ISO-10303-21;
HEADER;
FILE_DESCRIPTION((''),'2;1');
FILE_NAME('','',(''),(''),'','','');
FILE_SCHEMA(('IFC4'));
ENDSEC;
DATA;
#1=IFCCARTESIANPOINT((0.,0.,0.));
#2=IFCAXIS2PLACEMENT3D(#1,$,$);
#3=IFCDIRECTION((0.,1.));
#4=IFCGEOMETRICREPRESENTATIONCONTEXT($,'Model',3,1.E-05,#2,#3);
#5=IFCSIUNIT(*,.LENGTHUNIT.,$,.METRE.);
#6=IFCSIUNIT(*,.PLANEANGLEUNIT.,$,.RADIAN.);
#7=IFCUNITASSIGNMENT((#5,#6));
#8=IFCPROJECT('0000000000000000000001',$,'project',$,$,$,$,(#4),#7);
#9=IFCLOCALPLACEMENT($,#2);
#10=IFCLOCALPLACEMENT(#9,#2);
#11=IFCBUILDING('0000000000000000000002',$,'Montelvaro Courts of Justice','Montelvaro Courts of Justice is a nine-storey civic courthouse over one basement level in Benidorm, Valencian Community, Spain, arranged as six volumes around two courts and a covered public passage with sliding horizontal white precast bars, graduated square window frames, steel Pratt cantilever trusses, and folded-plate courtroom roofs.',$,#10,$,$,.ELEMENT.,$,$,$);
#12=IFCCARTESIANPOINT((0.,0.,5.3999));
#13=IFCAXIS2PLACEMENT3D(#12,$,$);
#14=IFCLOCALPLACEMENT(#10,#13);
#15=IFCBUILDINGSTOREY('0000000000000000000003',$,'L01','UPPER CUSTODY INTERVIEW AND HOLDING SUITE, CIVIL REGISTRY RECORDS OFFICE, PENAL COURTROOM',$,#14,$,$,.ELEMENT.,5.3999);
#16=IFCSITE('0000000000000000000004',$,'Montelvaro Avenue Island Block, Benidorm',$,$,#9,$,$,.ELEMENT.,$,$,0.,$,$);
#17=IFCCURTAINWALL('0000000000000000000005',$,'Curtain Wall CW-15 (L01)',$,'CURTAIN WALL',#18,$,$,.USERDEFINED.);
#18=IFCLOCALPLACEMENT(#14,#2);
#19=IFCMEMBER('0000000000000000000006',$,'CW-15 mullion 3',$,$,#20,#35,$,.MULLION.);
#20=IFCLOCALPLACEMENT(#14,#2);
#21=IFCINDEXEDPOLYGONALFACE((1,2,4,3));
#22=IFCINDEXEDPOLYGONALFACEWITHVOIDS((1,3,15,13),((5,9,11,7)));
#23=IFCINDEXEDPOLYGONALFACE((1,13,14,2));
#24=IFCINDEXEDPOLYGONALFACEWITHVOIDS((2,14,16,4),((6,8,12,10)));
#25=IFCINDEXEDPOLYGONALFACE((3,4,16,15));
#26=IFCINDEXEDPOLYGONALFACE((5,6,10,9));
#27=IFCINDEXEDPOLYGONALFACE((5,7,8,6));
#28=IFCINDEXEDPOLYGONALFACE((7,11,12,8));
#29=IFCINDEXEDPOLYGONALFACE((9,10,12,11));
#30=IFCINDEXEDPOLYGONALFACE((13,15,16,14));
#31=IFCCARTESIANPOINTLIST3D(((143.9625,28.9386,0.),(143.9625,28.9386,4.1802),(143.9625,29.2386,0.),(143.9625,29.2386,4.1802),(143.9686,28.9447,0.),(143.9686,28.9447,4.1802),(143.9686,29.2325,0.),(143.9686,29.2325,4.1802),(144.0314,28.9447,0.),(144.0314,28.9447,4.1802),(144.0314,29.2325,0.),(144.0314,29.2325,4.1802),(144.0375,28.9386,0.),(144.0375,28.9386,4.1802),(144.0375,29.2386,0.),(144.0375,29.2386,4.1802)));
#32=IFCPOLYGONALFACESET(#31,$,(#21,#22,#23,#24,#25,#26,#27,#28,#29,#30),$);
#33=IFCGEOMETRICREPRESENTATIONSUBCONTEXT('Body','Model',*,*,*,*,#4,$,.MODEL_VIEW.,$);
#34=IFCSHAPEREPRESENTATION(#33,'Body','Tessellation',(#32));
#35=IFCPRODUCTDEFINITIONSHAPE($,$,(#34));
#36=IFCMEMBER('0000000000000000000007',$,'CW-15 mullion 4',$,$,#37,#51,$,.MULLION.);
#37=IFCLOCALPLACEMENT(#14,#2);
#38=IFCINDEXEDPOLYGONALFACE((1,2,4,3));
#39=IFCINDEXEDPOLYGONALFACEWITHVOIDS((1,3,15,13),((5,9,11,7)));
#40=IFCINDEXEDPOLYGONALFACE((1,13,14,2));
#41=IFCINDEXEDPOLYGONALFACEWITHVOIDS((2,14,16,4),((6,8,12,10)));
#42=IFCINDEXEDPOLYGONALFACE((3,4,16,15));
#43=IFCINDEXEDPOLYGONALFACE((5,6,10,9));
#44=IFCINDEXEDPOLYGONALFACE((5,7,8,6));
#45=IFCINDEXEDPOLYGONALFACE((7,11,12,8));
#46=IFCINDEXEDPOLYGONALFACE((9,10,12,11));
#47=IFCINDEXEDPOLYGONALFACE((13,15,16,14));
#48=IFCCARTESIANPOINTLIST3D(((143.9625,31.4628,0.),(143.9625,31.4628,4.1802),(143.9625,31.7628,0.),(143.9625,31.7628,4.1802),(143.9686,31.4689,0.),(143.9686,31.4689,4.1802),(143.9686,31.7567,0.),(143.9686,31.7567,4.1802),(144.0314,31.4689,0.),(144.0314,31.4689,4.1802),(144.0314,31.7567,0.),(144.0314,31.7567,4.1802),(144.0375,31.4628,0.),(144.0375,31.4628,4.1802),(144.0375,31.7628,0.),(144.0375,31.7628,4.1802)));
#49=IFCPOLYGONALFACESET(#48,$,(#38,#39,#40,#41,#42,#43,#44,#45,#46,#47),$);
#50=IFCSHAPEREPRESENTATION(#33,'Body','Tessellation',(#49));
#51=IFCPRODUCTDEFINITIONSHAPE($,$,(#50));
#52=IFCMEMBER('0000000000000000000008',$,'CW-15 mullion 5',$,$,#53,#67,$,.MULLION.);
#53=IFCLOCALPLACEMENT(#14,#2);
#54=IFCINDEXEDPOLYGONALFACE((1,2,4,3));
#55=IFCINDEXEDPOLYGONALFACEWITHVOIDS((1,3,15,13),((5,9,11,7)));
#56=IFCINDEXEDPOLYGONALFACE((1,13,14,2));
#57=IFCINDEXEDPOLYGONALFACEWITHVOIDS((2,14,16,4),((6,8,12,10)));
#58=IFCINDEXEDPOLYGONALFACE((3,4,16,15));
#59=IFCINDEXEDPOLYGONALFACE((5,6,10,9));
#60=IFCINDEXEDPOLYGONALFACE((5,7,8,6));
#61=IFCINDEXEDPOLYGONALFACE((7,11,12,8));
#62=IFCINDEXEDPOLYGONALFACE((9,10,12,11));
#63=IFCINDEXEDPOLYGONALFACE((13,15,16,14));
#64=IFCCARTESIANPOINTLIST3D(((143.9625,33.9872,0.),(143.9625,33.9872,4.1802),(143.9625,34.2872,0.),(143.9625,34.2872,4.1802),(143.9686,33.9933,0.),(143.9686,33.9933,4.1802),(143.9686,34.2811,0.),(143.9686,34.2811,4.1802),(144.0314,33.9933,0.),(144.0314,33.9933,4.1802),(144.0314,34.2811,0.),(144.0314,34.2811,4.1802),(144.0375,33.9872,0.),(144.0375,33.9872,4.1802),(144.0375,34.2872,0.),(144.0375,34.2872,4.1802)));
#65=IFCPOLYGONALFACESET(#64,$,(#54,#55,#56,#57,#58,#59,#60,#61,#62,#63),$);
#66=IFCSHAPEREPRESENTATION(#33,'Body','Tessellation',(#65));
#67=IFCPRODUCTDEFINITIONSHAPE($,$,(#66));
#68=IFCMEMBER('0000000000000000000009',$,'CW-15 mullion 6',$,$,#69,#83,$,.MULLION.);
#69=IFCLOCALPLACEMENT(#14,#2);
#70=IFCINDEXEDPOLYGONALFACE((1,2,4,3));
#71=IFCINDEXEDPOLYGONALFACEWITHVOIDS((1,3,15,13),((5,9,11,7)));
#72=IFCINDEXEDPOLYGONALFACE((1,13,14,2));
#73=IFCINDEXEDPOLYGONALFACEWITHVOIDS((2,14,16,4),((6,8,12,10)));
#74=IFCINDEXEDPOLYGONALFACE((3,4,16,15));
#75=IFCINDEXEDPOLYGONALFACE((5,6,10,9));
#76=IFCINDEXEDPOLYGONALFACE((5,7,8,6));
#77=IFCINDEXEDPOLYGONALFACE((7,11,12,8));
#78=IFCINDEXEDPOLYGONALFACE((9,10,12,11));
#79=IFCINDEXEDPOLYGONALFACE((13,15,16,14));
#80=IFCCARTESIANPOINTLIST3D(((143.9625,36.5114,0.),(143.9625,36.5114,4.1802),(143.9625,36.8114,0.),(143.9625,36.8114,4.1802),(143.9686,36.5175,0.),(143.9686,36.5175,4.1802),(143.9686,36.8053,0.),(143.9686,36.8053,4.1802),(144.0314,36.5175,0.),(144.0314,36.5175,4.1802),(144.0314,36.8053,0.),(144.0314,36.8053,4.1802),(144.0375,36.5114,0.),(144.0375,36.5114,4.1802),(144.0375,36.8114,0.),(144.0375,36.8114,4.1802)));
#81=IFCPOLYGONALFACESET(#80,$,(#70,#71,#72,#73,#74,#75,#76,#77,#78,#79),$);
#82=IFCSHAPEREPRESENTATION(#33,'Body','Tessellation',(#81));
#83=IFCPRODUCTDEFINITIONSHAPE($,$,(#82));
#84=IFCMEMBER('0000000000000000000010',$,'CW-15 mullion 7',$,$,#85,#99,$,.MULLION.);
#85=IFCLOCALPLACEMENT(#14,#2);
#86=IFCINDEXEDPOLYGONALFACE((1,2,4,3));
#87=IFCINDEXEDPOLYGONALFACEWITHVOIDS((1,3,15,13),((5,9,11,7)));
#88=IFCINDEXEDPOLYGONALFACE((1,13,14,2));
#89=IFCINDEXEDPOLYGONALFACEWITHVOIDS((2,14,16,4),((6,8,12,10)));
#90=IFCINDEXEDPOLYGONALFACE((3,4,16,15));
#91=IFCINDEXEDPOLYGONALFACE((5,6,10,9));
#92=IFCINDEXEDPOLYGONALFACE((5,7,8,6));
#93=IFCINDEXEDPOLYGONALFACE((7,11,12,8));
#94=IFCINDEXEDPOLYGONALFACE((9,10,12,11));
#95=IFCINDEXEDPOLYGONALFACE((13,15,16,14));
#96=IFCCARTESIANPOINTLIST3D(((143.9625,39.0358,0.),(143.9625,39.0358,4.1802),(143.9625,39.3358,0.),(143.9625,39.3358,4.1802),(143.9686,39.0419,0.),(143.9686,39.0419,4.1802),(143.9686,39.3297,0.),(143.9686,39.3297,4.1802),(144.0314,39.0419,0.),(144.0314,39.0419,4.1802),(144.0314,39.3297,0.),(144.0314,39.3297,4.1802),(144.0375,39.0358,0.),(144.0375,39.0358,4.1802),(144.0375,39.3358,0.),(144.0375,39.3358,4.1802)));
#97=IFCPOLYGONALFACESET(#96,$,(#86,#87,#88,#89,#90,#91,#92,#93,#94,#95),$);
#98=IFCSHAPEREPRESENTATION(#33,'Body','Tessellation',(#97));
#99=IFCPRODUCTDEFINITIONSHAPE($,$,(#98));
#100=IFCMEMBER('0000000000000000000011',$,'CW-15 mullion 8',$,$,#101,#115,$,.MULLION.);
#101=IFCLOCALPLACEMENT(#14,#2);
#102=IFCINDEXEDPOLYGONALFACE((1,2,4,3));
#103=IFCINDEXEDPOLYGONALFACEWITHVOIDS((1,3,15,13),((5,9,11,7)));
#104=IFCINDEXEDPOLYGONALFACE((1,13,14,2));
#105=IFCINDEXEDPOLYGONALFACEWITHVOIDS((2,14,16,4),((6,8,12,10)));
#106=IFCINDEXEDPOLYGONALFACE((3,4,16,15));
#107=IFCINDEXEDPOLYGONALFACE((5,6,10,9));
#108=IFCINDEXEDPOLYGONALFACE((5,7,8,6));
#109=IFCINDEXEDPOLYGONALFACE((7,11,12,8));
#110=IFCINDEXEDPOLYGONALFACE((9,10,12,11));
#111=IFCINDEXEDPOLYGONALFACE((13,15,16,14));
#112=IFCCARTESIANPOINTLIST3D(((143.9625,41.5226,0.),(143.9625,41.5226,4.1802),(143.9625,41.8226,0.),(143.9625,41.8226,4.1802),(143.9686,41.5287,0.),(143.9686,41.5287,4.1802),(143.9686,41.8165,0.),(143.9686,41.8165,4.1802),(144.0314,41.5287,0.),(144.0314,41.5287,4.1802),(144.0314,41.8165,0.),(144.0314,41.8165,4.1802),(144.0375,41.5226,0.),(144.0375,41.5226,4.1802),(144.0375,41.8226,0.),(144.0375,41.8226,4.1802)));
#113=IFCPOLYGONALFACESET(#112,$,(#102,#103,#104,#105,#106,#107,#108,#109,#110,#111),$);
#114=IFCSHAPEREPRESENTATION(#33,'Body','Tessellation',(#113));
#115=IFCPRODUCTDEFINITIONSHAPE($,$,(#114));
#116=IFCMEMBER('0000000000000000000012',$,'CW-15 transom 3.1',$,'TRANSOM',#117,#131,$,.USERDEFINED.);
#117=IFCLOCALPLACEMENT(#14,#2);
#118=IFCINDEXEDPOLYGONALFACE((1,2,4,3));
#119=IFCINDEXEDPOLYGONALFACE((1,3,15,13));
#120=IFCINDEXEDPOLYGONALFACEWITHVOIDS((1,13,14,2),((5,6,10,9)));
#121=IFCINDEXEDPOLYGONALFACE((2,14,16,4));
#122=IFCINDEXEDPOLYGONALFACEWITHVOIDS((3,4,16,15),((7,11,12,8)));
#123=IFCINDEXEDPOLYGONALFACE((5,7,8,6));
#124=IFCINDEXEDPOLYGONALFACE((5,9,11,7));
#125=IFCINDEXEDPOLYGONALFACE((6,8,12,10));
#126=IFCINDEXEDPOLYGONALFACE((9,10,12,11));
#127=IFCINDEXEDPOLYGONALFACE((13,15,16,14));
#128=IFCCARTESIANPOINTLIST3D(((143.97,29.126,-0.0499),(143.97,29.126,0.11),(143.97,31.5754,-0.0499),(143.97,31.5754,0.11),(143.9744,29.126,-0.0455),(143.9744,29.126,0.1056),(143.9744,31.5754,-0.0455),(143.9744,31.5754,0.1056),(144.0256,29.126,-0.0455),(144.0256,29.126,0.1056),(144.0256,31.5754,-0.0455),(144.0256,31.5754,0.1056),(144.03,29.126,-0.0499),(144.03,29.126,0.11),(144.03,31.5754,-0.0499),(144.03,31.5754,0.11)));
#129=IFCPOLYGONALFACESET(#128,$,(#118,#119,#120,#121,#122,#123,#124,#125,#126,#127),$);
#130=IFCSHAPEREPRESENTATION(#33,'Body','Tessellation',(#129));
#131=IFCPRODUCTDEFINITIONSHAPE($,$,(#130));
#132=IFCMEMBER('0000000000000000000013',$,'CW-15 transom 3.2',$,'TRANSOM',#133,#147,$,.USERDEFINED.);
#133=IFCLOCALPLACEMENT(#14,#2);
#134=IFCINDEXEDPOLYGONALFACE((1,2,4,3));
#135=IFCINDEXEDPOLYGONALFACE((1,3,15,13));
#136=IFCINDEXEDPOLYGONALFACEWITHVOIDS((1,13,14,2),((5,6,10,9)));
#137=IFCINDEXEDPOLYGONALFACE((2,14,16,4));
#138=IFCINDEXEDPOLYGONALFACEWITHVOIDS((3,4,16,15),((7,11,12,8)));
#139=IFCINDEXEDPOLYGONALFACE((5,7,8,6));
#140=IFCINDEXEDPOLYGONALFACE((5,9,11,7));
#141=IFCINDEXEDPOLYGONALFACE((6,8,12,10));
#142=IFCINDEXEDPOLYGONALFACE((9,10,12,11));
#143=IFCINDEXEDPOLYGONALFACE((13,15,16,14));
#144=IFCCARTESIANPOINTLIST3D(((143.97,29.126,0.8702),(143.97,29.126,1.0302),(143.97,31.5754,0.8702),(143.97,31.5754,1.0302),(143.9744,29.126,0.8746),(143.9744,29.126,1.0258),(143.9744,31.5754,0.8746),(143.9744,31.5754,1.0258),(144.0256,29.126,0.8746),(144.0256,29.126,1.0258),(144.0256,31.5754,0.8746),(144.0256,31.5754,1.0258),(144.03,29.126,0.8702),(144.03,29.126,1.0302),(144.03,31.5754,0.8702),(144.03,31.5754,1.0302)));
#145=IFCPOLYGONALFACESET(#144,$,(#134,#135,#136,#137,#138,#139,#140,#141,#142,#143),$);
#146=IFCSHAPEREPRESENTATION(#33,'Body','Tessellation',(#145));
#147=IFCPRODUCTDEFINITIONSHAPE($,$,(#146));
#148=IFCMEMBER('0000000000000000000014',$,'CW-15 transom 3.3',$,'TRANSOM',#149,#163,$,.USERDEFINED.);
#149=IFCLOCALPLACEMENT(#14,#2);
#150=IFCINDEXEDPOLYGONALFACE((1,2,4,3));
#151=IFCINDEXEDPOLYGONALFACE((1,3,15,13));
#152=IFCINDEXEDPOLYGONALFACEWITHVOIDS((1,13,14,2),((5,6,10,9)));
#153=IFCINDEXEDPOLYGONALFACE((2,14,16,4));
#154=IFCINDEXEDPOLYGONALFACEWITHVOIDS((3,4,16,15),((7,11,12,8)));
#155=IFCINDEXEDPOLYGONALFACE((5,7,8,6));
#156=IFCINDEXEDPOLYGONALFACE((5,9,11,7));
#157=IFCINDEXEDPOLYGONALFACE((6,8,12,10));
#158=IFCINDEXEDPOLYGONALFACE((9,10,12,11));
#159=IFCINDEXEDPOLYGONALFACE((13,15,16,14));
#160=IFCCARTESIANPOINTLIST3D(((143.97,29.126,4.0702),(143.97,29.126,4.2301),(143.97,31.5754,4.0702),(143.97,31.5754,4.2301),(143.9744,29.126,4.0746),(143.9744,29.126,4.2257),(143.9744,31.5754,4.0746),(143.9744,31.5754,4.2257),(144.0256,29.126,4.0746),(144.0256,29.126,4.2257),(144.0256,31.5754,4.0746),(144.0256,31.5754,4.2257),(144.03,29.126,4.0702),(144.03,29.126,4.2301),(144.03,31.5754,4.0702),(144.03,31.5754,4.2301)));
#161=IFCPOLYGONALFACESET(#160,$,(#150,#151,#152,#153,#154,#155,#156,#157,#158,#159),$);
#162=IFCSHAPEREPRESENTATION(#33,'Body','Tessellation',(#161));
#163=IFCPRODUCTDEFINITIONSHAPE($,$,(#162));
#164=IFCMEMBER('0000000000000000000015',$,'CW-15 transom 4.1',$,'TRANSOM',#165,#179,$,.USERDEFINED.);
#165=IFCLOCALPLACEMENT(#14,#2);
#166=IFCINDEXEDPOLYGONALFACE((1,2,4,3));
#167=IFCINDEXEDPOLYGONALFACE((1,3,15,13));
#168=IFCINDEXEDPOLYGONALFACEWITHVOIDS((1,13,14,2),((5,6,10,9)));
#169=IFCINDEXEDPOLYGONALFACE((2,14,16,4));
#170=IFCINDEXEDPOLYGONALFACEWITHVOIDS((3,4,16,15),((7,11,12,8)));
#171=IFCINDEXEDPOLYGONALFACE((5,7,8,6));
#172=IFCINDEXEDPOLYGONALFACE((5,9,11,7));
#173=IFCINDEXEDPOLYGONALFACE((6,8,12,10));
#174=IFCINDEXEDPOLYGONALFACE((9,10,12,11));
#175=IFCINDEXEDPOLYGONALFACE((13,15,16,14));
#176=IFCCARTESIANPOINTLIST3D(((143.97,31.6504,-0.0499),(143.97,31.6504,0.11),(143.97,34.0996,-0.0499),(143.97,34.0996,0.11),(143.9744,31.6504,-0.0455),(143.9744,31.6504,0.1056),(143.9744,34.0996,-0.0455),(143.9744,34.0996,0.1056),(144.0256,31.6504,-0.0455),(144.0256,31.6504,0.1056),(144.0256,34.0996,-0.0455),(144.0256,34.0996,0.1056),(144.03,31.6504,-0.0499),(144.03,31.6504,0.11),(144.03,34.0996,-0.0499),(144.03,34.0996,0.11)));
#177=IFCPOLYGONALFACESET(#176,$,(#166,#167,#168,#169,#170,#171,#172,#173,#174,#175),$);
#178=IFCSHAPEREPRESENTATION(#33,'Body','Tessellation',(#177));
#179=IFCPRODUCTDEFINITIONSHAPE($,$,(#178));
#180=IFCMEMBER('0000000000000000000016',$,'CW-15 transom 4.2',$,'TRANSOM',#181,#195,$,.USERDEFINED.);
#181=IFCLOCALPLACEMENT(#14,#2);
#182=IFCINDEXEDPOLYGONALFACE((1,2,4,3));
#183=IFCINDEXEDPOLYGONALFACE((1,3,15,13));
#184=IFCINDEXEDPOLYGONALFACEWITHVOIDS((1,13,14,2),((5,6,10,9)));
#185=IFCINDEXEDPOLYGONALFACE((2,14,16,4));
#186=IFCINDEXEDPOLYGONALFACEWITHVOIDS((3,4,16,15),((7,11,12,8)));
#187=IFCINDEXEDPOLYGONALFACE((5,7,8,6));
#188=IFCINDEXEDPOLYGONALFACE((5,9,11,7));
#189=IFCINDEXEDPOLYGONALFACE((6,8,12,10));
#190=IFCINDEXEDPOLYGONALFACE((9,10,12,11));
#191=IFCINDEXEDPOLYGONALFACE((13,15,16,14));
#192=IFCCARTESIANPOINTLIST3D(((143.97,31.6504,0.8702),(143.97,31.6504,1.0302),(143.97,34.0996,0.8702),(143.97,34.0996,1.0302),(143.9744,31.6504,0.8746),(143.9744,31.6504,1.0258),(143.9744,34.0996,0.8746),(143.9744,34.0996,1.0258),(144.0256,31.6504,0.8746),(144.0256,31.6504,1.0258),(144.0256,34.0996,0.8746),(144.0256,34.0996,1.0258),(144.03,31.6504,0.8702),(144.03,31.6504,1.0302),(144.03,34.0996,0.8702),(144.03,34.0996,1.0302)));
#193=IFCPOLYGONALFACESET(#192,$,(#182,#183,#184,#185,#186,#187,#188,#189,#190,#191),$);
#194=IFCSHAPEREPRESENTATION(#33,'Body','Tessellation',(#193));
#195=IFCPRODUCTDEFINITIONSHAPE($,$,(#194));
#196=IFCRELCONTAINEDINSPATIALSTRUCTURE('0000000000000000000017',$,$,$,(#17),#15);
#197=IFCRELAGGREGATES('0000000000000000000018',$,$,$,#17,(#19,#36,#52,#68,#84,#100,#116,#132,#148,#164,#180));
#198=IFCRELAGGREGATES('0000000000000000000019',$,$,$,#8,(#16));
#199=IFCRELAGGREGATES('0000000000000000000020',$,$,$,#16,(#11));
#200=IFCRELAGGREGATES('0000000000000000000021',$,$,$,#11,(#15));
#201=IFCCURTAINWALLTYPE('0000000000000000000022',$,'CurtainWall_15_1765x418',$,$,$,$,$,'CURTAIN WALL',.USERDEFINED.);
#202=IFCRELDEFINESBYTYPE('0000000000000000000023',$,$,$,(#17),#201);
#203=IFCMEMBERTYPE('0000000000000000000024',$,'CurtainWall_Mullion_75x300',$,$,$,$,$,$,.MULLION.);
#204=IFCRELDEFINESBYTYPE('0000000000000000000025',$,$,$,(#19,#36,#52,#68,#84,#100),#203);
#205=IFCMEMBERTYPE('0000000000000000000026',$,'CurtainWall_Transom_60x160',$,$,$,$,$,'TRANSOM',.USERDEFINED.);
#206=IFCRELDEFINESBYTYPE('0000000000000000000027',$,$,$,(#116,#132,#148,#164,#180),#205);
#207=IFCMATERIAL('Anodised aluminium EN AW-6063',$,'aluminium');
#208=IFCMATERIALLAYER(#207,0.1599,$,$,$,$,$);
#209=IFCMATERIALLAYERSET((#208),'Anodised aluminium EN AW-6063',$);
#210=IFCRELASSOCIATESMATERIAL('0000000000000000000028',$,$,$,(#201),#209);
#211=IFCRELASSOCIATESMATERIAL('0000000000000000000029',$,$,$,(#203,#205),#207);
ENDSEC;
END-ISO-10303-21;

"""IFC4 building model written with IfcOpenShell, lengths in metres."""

from ifc_helpers import new_model, si_unit, direction, frame, origin, origin_2d, place, context, subcontext, project, spatial, hollow_rectangle, extrude, material, layer, layer_set, material_profile, profile_set, type_object, element, aggregate, save


model = new_model("IFC4")

# Units and contexts
model_context = context("Model", 3, precision=1e-05, world=origin(), true_north=direction((0.0, 1.0)))
body_context = subcontext(model_context, "Body", "Model", "MODEL_VIEW")
ifc_project = project(units=[si_unit("LENGTHUNIT", "METRE"), si_unit("PLANEANGLEUNIT", "RADIAN")], contexts=[model_context])

# Site, building, storey
site_placement = place(None, origin())
site = spatial("IfcSite", under=ifc_project, at=site_placement, Name="Montelvaro Avenue Island Block, Benidorm", CompositionType="ELEMENT", RefElevation=0.0)
building_placement = place(site_placement, origin())
building = spatial("IfcBuilding", under=site, at=building_placement, Name="Montelvaro Courts of Justice", Description="Montelvaro Courts of Justice is a nine-storey civic courthouse over one basement level in Benidorm, Valencian Community, Spain, arranged as six volumes around two courts and a covered public passage with sliding horizontal white precast bars, graduated square window frames, steel Pratt cantilever trusses, and folded-plate courtroom roofs.", CompositionType="ELEMENT")
storey_placement = place(building_placement, frame((0.0, 0.0, 5.3999)))
storey = spatial("IfcBuildingStorey", under=building, at=storey_placement, Name="L01", Description="UPPER CUSTODY INTERVIEW AND HOLDING SUITE, CIVIL REGISTRY RECORDS OFFICE, PENAL COURTROOM", CompositionType="ELEMENT", Elevation=5.3999)

# Curtain wall, members
ifc_material_1 = material(Name="Anodised aluminium EN AW-6063", Category="aluminium")
ifc_layer_1 = layer(ifc_material_1, 0.1599)
ifc_layer_set_1 = layer_set([ifc_layer_1], Name="Anodised aluminium EN AW-6063")
curtain_wall_type = type_object("IfcCurtainWallType", Name="CurtainWall_15_1765x418", ElementType="CURTAIN WALL", PredefinedType="USERDEFINED", material=ifc_layer_set_1)
curtain_wall_placement = place(storey_placement, origin())
curtain_wall = element("IfcCurtainWall", 1, at=curtain_wall_placement, inside=storey, type_object=curtain_wall_type, Name="Curtain Wall CW-15 (L01)", ObjectType="CURTAIN WALL", PredefinedType="USERDEFINED")
ifc_material_profile_1 = material_profile(ifc_material_1, hollow_rectangle(XDim=0.075, YDim=0.3, WallThickness=0.0061, at=origin_2d()), Name="ALU-M 75x300")
ifc_profile_set_1 = profile_set([ifc_material_profile_1], Name="Anodised aluminium EN AW-6063")
member_type_1 = type_object("IfcMemberType", Name="CurtainWall_Mullion_75x300", PredefinedType="MULLION", material=ifc_profile_set_1)
member_1_placement = place(storey_placement, frame((144.0, 29.0886, 0.0), z_axis=(0.0, 0.0, 1.0), x_axis=(-1.0, 0.0, 0.0)))
member_1 = element("IfcMember", 2, at=member_1_placement, type_object=member_type_1, Name="CW-15 mullion 3", PredefinedType="MULLION", context=body_context, shape_type="SweptSolid", body=[
    extrude(hollow_rectangle(XDim=0.075, YDim=0.3, WallThickness=0.0061, at=origin_2d()), origin(), (0.0, 0.0, 1.0), 4.1802),
])
member_2_placement = place(storey_placement, frame((144.0, 31.6128, 0.0), z_axis=(0.0, 0.0, 1.0), x_axis=(-1.0, 0.0, 0.0)))
member_2 = element("IfcMember", 3, at=member_2_placement, type_object=member_type_1, Name="CW-15 mullion 4", PredefinedType="MULLION", context=body_context, shape_type="SweptSolid", body=[
    extrude(hollow_rectangle(XDim=0.075, YDim=0.3, WallThickness=0.0061, at=origin_2d()), origin(), (0.0, 0.0, 1.0), 4.1802),
])
member_3_placement = place(storey_placement, frame((144.0, 34.1372, 0.0), z_axis=(0.0, 0.0, 1.0), x_axis=(-1.0, 0.0, 0.0)))
member_3 = element("IfcMember", 4, at=member_3_placement, type_object=member_type_1, Name="CW-15 mullion 5", PredefinedType="MULLION", context=body_context, shape_type="SweptSolid", body=[
    extrude(hollow_rectangle(XDim=0.075, YDim=0.3, WallThickness=0.0061, at=origin_2d()), origin(), (0.0, 0.0, 1.0), 4.1802),
])
member_4_placement = place(storey_placement, frame((144.0, 36.6614, 0.0), z_axis=(0.0, 0.0, 1.0), x_axis=(-1.0, 0.0, 0.0)))
member_4 = element("IfcMember", 5, at=member_4_placement, type_object=member_type_1, Name="CW-15 mullion 6", PredefinedType="MULLION", context=body_context, shape_type="SweptSolid", body=[
    extrude(hollow_rectangle(XDim=0.075, YDim=0.3, WallThickness=0.0061, at=origin_2d()), origin(), (0.0, 0.0, 1.0), 4.1802),
])
member_5_placement = place(storey_placement, frame((144.0, 39.1858, 0.0), z_axis=(0.0, 0.0, 1.0), x_axis=(-1.0, 0.0, 0.0)))
member_5 = element("IfcMember", 6, at=member_5_placement, type_object=member_type_1, Name="CW-15 mullion 7", PredefinedType="MULLION", context=body_context, shape_type="SweptSolid", body=[
    extrude(hollow_rectangle(XDim=0.075, YDim=0.3, WallThickness=0.0061, at=origin_2d()), origin(), (0.0, 0.0, 1.0), 4.1802),
])
member_6_placement = place(storey_placement, frame((144.0, 41.6726, 0.0), z_axis=(0.0, 0.0, 1.0), x_axis=(-1.0, 0.0, 0.0)))
member_6 = element("IfcMember", 7, at=member_6_placement, type_object=member_type_1, Name="CW-15 mullion 8", PredefinedType="MULLION", context=body_context, shape_type="SweptSolid", body=[
    extrude(hollow_rectangle(XDim=0.075, YDim=0.3, WallThickness=0.0061, at=origin_2d()), origin(), (0.0, 0.0, 1.0), 4.1802),
])
ifc_material_profile_2 = material_profile(ifc_material_1, hollow_rectangle(XDim=0.0601, YDim=0.1599, WallThickness=0.0044, at=origin_2d()), Name="ALU-T 60x160")
ifc_profile_set_2 = profile_set([ifc_material_profile_2], Name="Anodised aluminium EN AW-6063")
member_type_2 = type_object("IfcMemberType", Name="CurtainWall_Transom_60x160", ElementType="TRANSOM", PredefinedType="USERDEFINED", material=ifc_profile_set_2)
member_7_placement = place(storey_placement, frame((144.0, 29.126, 0.03), z_axis=(0.0, 1.0, 0.0), x_axis=(-1.0, 0.0, 0.0)))
member_7 = element("IfcMember", 8, at=member_7_placement, type_object=member_type_2, Name="CW-15 transom 3.1", ObjectType="TRANSOM", PredefinedType="USERDEFINED", context=body_context, shape_type="SweptSolid", body=[
    extrude(hollow_rectangle(XDim=0.0601, YDim=0.1599, WallThickness=0.0044, at=origin_2d()), origin(), (0.0, 0.0, 1.0), 2.4495),
])
member_8_placement = place(storey_placement, frame((144.0, 29.126, 0.9502), z_axis=(0.0, 1.0, 0.0), x_axis=(-1.0, 0.0, 0.0)))
member_8 = element("IfcMember", 9, at=member_8_placement, type_object=member_type_2, Name="CW-15 transom 3.2", ObjectType="TRANSOM", PredefinedType="USERDEFINED", context=body_context, shape_type="SweptSolid", body=[
    extrude(hollow_rectangle(XDim=0.0601, YDim=0.1599, WallThickness=0.0044, at=origin_2d()), origin(), (0.0, 0.0, 1.0), 2.4495),
])
member_9_placement = place(storey_placement, frame((144.0, 29.126, 4.1501), z_axis=(0.0, 1.0, 0.0), x_axis=(-1.0, 0.0, 0.0)))
member_9 = element("IfcMember", 10, at=member_9_placement, type_object=member_type_2, Name="CW-15 transom 3.3", ObjectType="TRANSOM", PredefinedType="USERDEFINED", context=body_context, shape_type="SweptSolid", body=[
    extrude(hollow_rectangle(XDim=0.0601, YDim=0.1599, WallThickness=0.0044, at=origin_2d()), origin(), (0.0, 0.0, 1.0), 2.4495),
])
member_10_placement = place(storey_placement, frame((144.0, 31.6504, 0.03), z_axis=(0.0, 1.0, 0.0), x_axis=(-1.0, 0.0, 0.0)))
member_10 = element("IfcMember", 11, at=member_10_placement, type_object=member_type_2, Name="CW-15 transom 4.1", ObjectType="TRANSOM", PredefinedType="USERDEFINED", context=body_context, shape_type="SweptSolid", body=[
    extrude(hollow_rectangle(XDim=0.0601, YDim=0.1599, WallThickness=0.0044, at=origin_2d()), origin(), (0.0, 0.0, 1.0), 2.4492),
])
member_11_placement = place(storey_placement, frame((144.0, 31.6504, 0.9502), z_axis=(0.0, 1.0, 0.0), x_axis=(-1.0, 0.0, 0.0)))
member_11 = element("IfcMember", 12, at=member_11_placement, type_object=member_type_2, Name="CW-15 transom 4.2", ObjectType="TRANSOM", PredefinedType="USERDEFINED", context=body_context, shape_type="SweptSolid", body=[
    extrude(hollow_rectangle(XDim=0.0601, YDim=0.1599, WallThickness=0.0044, at=origin_2d()), origin(), (0.0, 0.0, 1.0), 2.4492),
])
aggregate(curtain_wall, [member_1, member_2, member_3, member_4, member_5, member_6, member_7, member_8, member_9, member_10, member_11])

save(model, "model.ifc")
